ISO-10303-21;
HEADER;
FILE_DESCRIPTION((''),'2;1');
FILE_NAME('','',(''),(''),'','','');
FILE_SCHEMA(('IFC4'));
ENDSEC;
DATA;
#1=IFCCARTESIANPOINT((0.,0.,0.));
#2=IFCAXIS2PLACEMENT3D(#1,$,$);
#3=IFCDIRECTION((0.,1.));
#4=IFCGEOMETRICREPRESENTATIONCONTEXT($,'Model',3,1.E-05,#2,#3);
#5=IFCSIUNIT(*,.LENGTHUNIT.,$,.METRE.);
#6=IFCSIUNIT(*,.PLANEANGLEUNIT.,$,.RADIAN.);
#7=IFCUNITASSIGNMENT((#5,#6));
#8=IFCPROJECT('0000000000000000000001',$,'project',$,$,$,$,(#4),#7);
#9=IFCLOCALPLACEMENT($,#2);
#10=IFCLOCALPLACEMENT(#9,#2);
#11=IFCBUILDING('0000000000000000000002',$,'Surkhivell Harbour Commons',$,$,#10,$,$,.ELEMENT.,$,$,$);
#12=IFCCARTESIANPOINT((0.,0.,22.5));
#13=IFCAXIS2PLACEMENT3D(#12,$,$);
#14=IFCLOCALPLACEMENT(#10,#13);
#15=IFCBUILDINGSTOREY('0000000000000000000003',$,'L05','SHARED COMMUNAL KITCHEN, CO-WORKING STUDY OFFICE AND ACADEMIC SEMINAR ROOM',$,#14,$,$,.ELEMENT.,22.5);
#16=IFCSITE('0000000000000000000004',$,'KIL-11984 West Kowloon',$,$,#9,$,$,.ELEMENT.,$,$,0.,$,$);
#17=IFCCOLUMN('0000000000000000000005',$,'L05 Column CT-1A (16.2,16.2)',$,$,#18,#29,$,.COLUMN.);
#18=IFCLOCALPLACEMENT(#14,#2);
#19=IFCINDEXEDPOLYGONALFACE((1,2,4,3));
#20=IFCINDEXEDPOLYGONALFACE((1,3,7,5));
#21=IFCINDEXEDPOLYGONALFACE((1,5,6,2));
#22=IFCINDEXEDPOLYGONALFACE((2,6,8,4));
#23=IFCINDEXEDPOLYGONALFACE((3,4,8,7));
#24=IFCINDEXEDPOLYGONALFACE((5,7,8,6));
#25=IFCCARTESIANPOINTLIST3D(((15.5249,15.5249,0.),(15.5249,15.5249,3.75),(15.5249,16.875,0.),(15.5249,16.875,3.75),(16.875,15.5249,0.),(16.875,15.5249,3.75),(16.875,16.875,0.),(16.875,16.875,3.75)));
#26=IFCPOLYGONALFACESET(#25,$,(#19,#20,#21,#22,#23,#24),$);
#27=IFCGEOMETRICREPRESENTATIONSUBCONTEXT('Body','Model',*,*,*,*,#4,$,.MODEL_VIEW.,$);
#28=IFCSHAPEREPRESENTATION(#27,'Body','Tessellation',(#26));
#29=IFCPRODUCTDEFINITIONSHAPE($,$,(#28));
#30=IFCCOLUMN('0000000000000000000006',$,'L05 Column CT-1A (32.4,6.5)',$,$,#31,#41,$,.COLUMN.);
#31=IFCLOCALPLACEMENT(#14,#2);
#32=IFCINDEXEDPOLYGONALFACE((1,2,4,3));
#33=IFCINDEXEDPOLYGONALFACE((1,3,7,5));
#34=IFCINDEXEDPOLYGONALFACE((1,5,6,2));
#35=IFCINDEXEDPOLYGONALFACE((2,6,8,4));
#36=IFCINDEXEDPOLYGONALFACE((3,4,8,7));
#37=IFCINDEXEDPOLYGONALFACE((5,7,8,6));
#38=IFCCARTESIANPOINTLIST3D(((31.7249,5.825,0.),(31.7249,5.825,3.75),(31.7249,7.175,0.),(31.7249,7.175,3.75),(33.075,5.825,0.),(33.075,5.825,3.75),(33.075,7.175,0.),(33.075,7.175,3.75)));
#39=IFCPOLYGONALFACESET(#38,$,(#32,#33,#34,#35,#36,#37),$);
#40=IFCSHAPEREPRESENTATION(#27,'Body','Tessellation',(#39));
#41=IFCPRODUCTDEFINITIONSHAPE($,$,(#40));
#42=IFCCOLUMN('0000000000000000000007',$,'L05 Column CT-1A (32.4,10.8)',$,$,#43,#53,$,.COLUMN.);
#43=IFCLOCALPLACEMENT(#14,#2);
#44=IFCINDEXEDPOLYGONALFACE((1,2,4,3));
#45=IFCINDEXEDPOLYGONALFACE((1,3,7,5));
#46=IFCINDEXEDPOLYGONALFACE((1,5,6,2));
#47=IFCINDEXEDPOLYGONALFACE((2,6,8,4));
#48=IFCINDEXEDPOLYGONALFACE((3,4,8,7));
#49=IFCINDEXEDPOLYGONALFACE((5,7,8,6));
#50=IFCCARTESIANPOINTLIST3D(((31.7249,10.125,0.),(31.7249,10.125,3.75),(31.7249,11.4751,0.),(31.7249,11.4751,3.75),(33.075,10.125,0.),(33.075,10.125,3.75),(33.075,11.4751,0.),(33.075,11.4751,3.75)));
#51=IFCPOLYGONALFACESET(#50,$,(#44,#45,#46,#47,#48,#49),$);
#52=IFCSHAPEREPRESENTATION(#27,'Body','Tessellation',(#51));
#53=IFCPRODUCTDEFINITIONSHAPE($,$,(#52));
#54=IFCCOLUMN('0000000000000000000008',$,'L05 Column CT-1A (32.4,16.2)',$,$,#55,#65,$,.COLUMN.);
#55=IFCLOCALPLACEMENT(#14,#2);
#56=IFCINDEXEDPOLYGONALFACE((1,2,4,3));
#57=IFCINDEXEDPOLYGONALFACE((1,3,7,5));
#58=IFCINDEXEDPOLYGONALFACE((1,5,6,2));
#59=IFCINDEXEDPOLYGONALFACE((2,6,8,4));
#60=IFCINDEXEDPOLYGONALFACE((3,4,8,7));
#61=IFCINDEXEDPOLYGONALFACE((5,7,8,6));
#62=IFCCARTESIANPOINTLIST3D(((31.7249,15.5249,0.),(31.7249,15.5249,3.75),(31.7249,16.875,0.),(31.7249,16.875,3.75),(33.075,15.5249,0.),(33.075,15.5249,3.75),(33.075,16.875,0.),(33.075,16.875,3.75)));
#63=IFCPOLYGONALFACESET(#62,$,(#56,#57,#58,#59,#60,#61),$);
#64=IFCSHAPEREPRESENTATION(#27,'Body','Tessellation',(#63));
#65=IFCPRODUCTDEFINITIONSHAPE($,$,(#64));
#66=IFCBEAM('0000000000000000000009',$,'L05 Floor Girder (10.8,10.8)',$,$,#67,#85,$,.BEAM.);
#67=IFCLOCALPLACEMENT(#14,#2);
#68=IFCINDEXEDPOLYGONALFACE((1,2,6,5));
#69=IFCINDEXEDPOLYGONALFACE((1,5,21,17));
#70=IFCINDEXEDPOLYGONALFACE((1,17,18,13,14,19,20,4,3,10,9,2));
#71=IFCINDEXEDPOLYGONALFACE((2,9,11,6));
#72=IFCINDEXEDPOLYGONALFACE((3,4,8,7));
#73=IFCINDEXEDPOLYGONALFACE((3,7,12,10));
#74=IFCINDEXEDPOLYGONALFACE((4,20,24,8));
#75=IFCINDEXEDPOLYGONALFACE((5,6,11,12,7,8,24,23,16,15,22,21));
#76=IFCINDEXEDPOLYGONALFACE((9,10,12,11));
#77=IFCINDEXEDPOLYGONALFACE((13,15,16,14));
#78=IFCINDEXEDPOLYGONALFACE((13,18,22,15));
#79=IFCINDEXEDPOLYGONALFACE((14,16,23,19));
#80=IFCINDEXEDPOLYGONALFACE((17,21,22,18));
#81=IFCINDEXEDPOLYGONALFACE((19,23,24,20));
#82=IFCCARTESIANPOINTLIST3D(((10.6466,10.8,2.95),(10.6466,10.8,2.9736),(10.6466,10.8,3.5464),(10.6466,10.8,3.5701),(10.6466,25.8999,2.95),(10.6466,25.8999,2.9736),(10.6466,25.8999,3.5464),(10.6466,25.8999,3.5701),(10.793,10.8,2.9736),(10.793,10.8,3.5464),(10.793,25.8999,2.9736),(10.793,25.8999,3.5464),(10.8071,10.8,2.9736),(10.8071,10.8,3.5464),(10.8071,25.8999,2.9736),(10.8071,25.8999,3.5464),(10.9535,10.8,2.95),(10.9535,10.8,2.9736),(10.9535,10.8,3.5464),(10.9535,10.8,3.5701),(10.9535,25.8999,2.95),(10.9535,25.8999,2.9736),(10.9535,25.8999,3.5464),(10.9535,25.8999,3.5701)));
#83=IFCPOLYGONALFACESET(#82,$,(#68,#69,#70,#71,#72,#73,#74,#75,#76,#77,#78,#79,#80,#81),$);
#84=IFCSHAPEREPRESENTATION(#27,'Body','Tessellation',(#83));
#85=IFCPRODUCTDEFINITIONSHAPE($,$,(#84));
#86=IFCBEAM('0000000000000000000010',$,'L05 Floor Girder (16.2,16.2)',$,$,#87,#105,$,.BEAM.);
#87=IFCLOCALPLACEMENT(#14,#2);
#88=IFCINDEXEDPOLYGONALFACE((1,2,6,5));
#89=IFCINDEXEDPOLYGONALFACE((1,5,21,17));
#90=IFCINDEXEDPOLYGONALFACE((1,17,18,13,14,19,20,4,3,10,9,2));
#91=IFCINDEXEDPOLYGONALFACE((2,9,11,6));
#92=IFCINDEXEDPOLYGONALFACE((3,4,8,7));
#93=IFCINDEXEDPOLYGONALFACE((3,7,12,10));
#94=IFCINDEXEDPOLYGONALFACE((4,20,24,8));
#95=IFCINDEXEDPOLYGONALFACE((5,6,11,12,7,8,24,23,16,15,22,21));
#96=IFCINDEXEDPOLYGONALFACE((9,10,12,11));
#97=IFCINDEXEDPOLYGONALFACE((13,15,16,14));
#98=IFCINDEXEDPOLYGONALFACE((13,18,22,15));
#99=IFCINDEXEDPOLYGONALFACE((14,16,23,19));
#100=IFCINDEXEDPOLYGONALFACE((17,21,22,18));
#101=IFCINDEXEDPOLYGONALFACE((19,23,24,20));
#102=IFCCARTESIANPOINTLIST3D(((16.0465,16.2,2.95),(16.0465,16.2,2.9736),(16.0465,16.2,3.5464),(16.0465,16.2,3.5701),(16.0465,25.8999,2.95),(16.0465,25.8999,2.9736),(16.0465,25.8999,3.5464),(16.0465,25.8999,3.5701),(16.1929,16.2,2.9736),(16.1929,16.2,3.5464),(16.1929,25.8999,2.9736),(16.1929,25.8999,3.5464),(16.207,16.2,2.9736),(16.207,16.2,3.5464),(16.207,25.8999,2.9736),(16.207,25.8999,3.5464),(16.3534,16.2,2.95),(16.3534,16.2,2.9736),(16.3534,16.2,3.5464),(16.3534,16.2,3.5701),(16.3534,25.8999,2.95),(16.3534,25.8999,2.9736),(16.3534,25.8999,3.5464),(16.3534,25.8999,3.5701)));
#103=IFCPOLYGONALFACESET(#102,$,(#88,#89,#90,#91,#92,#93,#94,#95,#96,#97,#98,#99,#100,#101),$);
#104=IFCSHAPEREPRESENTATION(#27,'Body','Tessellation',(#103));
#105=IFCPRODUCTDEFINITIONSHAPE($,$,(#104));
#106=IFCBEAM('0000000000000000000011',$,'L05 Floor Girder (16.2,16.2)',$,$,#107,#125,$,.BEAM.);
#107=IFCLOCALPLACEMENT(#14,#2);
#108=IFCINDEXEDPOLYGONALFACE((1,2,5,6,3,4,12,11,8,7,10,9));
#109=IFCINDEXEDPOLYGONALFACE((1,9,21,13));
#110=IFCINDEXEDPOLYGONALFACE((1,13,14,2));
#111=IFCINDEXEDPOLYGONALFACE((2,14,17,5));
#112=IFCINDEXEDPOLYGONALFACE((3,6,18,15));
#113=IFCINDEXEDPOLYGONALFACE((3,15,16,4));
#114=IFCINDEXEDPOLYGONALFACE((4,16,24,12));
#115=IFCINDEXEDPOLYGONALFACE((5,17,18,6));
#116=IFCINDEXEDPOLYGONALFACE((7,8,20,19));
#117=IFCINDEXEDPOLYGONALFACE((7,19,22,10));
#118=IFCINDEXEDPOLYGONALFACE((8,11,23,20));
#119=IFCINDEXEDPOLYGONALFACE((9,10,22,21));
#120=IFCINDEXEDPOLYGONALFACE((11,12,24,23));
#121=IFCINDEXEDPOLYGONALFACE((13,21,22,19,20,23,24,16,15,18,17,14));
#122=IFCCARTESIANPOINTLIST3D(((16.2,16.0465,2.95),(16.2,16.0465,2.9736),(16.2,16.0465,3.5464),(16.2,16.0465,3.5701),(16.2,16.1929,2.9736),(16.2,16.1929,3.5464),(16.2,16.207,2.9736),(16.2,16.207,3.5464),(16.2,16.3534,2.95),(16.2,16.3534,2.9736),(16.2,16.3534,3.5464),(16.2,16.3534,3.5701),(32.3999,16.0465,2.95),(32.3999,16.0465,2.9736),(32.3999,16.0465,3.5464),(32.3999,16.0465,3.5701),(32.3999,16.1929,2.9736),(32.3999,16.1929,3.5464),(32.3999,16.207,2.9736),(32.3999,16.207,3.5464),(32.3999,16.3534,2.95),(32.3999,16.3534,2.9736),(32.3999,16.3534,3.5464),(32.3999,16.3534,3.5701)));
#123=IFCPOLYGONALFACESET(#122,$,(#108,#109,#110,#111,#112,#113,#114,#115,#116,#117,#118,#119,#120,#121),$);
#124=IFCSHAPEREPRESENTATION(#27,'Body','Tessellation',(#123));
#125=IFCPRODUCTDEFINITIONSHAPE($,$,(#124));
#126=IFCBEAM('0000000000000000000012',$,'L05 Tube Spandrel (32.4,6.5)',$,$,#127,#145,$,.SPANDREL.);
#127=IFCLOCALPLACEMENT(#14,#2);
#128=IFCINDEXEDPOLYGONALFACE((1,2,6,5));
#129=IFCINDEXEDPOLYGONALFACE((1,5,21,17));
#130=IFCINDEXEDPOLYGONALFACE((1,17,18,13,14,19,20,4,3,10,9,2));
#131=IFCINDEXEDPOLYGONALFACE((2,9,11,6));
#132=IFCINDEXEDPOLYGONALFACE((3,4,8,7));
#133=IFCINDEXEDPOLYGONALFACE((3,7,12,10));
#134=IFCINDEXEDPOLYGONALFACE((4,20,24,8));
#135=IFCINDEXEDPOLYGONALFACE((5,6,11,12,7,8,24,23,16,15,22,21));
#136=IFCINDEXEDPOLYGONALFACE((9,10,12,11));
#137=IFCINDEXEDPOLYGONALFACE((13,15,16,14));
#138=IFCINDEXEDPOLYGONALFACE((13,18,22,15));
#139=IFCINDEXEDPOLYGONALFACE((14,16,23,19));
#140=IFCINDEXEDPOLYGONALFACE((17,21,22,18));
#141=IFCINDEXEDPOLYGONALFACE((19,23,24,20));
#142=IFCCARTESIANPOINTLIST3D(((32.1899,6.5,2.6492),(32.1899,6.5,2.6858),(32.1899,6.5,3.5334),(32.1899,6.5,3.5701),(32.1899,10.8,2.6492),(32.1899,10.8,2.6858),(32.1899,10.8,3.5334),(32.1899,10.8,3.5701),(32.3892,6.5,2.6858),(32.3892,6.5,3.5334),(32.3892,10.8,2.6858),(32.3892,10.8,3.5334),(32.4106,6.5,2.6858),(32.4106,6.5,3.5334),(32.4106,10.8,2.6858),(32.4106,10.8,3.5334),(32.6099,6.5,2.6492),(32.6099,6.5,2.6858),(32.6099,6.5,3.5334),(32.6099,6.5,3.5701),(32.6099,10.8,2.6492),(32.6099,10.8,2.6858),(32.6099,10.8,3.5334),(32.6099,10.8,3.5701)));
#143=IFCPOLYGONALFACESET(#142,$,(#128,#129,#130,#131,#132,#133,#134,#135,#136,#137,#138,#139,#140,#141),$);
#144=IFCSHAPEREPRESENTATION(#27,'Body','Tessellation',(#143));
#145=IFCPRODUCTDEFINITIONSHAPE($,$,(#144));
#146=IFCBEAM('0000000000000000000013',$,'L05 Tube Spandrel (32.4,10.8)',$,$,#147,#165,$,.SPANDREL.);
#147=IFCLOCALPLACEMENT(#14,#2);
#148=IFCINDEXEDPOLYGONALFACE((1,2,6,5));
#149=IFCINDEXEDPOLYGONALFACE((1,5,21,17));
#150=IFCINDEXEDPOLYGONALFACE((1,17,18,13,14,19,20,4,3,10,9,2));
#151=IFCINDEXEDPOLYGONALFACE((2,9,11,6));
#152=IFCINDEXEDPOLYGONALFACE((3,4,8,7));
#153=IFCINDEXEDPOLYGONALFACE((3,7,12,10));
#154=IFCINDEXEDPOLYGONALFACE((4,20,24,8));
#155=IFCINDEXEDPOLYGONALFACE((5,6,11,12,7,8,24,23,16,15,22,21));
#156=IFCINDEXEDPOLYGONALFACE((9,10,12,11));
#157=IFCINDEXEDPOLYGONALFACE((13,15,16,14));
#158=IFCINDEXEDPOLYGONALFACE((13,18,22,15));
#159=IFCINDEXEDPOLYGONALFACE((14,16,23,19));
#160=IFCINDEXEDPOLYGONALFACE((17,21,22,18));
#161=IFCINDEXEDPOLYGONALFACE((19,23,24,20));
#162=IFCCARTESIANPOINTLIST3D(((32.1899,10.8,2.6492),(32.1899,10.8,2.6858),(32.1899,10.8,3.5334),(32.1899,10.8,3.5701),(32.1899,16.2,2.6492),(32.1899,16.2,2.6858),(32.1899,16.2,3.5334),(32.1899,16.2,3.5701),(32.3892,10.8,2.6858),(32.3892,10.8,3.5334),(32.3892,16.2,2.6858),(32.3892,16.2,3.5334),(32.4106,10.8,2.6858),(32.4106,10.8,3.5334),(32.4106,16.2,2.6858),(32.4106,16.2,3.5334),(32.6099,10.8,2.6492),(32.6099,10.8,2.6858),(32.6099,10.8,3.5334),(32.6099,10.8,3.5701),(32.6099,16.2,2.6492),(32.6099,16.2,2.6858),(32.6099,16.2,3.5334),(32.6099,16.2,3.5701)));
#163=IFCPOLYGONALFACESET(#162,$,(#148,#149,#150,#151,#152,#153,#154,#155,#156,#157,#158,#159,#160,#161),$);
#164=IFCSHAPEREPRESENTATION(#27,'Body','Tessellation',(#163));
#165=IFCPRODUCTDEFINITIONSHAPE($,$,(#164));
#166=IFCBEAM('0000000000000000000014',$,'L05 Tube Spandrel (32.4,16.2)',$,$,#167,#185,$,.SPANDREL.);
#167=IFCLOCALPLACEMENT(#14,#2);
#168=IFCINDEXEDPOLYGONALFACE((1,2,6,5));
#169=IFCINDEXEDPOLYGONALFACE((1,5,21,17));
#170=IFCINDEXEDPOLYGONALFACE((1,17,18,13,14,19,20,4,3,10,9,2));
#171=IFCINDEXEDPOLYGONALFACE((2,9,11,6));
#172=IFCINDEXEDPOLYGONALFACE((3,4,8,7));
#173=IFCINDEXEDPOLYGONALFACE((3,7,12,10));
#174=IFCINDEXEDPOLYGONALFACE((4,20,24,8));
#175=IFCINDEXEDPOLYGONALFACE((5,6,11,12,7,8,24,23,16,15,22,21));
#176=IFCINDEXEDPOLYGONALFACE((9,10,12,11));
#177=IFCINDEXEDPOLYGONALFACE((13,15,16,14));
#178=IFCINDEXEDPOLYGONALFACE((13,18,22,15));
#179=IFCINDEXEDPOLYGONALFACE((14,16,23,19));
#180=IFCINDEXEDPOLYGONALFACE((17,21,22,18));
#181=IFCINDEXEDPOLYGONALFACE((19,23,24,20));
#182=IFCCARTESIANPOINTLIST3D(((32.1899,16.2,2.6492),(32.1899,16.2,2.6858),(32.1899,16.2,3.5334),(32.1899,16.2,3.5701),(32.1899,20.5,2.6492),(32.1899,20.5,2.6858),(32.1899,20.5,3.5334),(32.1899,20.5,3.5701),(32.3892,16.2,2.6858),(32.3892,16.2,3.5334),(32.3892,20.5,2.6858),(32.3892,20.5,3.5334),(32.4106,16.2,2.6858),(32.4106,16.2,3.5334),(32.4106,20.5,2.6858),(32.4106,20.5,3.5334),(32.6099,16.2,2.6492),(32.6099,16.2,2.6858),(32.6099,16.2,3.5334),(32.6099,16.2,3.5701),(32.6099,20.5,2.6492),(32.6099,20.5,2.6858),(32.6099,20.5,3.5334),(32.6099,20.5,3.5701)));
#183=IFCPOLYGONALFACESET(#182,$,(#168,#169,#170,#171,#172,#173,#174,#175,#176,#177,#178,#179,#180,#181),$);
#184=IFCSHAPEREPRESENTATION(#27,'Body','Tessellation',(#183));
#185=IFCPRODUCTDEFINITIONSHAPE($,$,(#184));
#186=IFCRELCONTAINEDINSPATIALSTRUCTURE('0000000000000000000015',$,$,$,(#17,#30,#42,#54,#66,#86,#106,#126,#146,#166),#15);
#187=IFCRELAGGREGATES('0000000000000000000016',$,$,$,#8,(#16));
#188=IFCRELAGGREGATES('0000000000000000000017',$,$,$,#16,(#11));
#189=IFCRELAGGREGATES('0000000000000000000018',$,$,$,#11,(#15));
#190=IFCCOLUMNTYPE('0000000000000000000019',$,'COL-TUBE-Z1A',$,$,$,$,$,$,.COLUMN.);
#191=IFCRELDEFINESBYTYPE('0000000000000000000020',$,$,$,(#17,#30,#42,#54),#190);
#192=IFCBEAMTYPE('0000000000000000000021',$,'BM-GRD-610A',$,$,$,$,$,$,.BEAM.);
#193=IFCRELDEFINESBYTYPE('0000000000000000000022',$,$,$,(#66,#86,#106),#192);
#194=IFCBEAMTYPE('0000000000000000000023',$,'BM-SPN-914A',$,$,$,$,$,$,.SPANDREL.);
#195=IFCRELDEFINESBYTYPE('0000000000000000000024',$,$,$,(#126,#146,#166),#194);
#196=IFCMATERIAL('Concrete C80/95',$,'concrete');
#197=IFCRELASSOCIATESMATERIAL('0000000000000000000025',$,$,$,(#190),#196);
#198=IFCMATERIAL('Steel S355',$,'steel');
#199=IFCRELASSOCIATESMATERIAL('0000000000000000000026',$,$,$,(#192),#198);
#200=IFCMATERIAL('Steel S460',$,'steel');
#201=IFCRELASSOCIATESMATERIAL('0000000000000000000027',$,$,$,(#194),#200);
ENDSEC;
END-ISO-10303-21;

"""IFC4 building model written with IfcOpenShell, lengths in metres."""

from ifc_helpers import new_model, si_unit, direction, frame, origin, origin_2d, place, context, subcontext, project, spatial, rectangle, i_section, extrude, material, material_profile, profile_set, type_object, element, save


model = new_model("IFC4")

# Units and contexts
model_context = context("Model", 3, precision=1e-05, world=origin(), true_north=direction((0.0, 1.0)))
body_context = subcontext(model_context, "Body", "Model", "MODEL_VIEW")
ifc_project = project(units=[si_unit("LENGTHUNIT", "METRE"), si_unit("PLANEANGLEUNIT", "RADIAN")], contexts=[model_context])

# Site, building, storey
site_placement = place(None, origin())
site = spatial("IfcSite", under=ifc_project, at=site_placement, Name="KIL-11984 West Kowloon", CompositionType="ELEMENT", RefElevation=0.0)
building_placement = place(site_placement, origin())
building = spatial("IfcBuilding", under=site, at=building_placement, Name="Surkhivell Harbour Commons", CompositionType="ELEMENT")
storey_placement = place(building_placement, frame((0.0, 0.0, 22.5)))
storey = spatial("IfcBuildingStorey", under=building, at=storey_placement, Name="L05", Description="SHARED COMMUNAL KITCHEN, CO-WORKING STUDY OFFICE AND ACADEMIC SEMINAR ROOM", CompositionType="ELEMENT", Elevation=22.5)

# Columns
ifc_material_1 = material(Name="Concrete C80/95", Category="concrete")
ifc_material_profile_1 = material_profile(ifc_material_1, rectangle(XDim=1.3501, YDim=1.3501, at=origin_2d()), Name="RC-COL-1350x1350")
ifc_profile_set_1 = profile_set([ifc_material_profile_1], Name="Concrete C80/95")
column_type = type_object("IfcColumnType", Name="COL-TUBE-Z1A", PredefinedType="COLUMN", material=ifc_profile_set_1)
for number, where, z_axis, x_axis, name in (
    (1, (16.2, 16.2, 0.0), (0.0, 0.0, 1.0), (1.0, 0.0, 0.0), "L05 Column CT-1A (16.2,16.2)"),
    (2, (32.3999, 6.5, 0.0), (0.0, 0.0, 1.0), (1.0, 0.0, 0.0), "L05 Column CT-1A (32.4,6.5)"),
    (3, (32.3999, 10.8, 0.0), (0.0, 0.0, 1.0), (1.0, 0.0, 0.0), "L05 Column CT-1A (32.4,10.8)"),
    (4, (32.3999, 16.2, 0.0), (0.0, 0.0, 1.0), (1.0, 0.0, 0.0), "L05 Column CT-1A (32.4,16.2)"),
):
    element("IfcColumn", number, at=place(storey_placement, frame(where, z_axis=z_axis, x_axis=x_axis)), inside=storey, type_object=column_type, Name=name, PredefinedType="COLUMN", context=body_context, shape_type="SweptSolid", body=[
        extrude(rectangle(XDim=1.3501, YDim=1.3501, at=origin_2d()), origin(), (0.0, 0.0, 1.0), 3.75),
    ])

# Beams
ifc_material_2 = material(Name="Steel S355", Category="steel")
ifc_material_profile_2 = material_profile(ifc_material_2, i_section(OverallWidth=0.3069, OverallDepth=0.6201, WebThickness=0.0142, FlangeThickness=0.0237, at=origin_2d()), Name="UB610x305x179")
ifc_profile_set_2 = profile_set([ifc_material_profile_2], Name="Steel S355")
beam_type_1 = type_object("IfcBeamType", Name="BM-GRD-610A", PredefinedType="BEAM", material=ifc_profile_set_2)
beam_1_placement = place(storey_placement, frame((10.8, 10.8, 3.26), z_axis=(0.0, 1.0, 0.0), x_axis=(-1.0, 0.0, 0.0)))
element("IfcBeam", 5, at=beam_1_placement, inside=storey, type_object=beam_type_1, Name="L05 Floor Girder (10.8,10.8)", PredefinedType="BEAM", context=body_context, shape_type="SweptSolid", body=[
    extrude(i_section(OverallWidth=0.3069, OverallDepth=0.6201, WebThickness=0.0142, FlangeThickness=0.0237, at=origin_2d()), origin(), (0.0, 0.0, 1.0), 15.0999),
])
beam_2_placement = place(storey_placement, frame((16.2, 16.2, 3.26), z_axis=(0.0, 1.0, 0.0), x_axis=(-1.0, 0.0, 0.0)))
element("IfcBeam", 6, at=beam_2_placement, inside=storey, type_object=beam_type_1, Name="L05 Floor Girder (16.2,16.2)", PredefinedType="BEAM", context=body_context, shape_type="SweptSolid", body=[
    extrude(i_section(OverallWidth=0.3069, OverallDepth=0.6201, WebThickness=0.0142, FlangeThickness=0.0237, at=origin_2d()), origin(), (0.0, 0.0, 1.0), 9.7),
])
beam_3_placement = place(storey_placement, frame((16.2, 16.2, 3.26), z_axis=(1.0, 0.0, 0.0), x_axis=(0.0, 1.0, 0.0)))
element("IfcBeam", 7, at=beam_3_placement, inside=storey, type_object=beam_type_1, Name="L05 Floor Girder (16.2,16.2)", PredefinedType="BEAM", context=body_context, shape_type="SweptSolid", body=[
    extrude(i_section(OverallWidth=0.3069, OverallDepth=0.6201, WebThickness=0.0142, FlangeThickness=0.0237, at=origin_2d()), origin(), (0.0, 0.0, 1.0), 16.2),
])
ifc_material_3 = material(Name="Steel S460", Category="steel")
ifc_material_profile_3 = material_profile(ifc_material_3, i_section(OverallWidth=0.4199, OverallDepth=0.9209, WebThickness=0.0215, FlangeThickness=0.0366, at=origin_2d()), Name="UB914x419x388")
ifc_profile_set_3 = profile_set([ifc_material_profile_3], Name="Steel S460")
beam_type_2 = type_object("IfcBeamType", Name="BM-SPN-914A", PredefinedType="SPANDREL", material=ifc_profile_set_3)
beam_4_placement = place(storey_placement, frame((32.3999, 6.5, 3.1096), z_axis=(0.0, 1.0, 0.0), x_axis=(-1.0, 0.0, 0.0)))
element("IfcBeam", 8, at=beam_4_placement, inside=storey, type_object=beam_type_2, Name="L05 Tube Spandrel (32.4,6.5)", PredefinedType="SPANDREL", context=body_context, shape_type="SweptSolid", body=[
    extrude(i_section(OverallWidth=0.4199, OverallDepth=0.9209, WebThickness=0.0215, FlangeThickness=0.0366, at=origin_2d()), origin(), (0.0, 0.0, 1.0), 4.3),
])
beam_5_placement = place(storey_placement, frame((32.3999, 10.8, 3.1096), z_axis=(0.0, 1.0, 0.0), x_axis=(-1.0, 0.0, 0.0)))
element("IfcBeam", 9, at=beam_5_placement, inside=storey, type_object=beam_type_2, Name="L05 Tube Spandrel (32.4,10.8)", PredefinedType="SPANDREL", context=body_context, shape_type="SweptSolid", body=[
    extrude(i_section(OverallWidth=0.4199, OverallDepth=0.9209, WebThickness=0.0215, FlangeThickness=0.0366, at=origin_2d()), origin(), (0.0, 0.0, 1.0), 5.3999),
])
beam_6_placement = place(storey_placement, frame((32.3999, 16.2, 3.1096), z_axis=(0.0, 1.0, 0.0), x_axis=(-1.0, 0.0, 0.0)))
element("IfcBeam", 10, at=beam_6_placement, inside=storey, type_object=beam_type_2, Name="L05 Tube Spandrel (32.4,16.2)", PredefinedType="SPANDREL", context=body_context, shape_type="SweptSolid", body=[
    extrude(i_section(OverallWidth=0.4199, OverallDepth=0.9209, WebThickness=0.0215, FlangeThickness=0.0366, at=origin_2d()), origin(), (0.0, 0.0, 1.0), 4.3),
])

save(model, "model.ifc")
